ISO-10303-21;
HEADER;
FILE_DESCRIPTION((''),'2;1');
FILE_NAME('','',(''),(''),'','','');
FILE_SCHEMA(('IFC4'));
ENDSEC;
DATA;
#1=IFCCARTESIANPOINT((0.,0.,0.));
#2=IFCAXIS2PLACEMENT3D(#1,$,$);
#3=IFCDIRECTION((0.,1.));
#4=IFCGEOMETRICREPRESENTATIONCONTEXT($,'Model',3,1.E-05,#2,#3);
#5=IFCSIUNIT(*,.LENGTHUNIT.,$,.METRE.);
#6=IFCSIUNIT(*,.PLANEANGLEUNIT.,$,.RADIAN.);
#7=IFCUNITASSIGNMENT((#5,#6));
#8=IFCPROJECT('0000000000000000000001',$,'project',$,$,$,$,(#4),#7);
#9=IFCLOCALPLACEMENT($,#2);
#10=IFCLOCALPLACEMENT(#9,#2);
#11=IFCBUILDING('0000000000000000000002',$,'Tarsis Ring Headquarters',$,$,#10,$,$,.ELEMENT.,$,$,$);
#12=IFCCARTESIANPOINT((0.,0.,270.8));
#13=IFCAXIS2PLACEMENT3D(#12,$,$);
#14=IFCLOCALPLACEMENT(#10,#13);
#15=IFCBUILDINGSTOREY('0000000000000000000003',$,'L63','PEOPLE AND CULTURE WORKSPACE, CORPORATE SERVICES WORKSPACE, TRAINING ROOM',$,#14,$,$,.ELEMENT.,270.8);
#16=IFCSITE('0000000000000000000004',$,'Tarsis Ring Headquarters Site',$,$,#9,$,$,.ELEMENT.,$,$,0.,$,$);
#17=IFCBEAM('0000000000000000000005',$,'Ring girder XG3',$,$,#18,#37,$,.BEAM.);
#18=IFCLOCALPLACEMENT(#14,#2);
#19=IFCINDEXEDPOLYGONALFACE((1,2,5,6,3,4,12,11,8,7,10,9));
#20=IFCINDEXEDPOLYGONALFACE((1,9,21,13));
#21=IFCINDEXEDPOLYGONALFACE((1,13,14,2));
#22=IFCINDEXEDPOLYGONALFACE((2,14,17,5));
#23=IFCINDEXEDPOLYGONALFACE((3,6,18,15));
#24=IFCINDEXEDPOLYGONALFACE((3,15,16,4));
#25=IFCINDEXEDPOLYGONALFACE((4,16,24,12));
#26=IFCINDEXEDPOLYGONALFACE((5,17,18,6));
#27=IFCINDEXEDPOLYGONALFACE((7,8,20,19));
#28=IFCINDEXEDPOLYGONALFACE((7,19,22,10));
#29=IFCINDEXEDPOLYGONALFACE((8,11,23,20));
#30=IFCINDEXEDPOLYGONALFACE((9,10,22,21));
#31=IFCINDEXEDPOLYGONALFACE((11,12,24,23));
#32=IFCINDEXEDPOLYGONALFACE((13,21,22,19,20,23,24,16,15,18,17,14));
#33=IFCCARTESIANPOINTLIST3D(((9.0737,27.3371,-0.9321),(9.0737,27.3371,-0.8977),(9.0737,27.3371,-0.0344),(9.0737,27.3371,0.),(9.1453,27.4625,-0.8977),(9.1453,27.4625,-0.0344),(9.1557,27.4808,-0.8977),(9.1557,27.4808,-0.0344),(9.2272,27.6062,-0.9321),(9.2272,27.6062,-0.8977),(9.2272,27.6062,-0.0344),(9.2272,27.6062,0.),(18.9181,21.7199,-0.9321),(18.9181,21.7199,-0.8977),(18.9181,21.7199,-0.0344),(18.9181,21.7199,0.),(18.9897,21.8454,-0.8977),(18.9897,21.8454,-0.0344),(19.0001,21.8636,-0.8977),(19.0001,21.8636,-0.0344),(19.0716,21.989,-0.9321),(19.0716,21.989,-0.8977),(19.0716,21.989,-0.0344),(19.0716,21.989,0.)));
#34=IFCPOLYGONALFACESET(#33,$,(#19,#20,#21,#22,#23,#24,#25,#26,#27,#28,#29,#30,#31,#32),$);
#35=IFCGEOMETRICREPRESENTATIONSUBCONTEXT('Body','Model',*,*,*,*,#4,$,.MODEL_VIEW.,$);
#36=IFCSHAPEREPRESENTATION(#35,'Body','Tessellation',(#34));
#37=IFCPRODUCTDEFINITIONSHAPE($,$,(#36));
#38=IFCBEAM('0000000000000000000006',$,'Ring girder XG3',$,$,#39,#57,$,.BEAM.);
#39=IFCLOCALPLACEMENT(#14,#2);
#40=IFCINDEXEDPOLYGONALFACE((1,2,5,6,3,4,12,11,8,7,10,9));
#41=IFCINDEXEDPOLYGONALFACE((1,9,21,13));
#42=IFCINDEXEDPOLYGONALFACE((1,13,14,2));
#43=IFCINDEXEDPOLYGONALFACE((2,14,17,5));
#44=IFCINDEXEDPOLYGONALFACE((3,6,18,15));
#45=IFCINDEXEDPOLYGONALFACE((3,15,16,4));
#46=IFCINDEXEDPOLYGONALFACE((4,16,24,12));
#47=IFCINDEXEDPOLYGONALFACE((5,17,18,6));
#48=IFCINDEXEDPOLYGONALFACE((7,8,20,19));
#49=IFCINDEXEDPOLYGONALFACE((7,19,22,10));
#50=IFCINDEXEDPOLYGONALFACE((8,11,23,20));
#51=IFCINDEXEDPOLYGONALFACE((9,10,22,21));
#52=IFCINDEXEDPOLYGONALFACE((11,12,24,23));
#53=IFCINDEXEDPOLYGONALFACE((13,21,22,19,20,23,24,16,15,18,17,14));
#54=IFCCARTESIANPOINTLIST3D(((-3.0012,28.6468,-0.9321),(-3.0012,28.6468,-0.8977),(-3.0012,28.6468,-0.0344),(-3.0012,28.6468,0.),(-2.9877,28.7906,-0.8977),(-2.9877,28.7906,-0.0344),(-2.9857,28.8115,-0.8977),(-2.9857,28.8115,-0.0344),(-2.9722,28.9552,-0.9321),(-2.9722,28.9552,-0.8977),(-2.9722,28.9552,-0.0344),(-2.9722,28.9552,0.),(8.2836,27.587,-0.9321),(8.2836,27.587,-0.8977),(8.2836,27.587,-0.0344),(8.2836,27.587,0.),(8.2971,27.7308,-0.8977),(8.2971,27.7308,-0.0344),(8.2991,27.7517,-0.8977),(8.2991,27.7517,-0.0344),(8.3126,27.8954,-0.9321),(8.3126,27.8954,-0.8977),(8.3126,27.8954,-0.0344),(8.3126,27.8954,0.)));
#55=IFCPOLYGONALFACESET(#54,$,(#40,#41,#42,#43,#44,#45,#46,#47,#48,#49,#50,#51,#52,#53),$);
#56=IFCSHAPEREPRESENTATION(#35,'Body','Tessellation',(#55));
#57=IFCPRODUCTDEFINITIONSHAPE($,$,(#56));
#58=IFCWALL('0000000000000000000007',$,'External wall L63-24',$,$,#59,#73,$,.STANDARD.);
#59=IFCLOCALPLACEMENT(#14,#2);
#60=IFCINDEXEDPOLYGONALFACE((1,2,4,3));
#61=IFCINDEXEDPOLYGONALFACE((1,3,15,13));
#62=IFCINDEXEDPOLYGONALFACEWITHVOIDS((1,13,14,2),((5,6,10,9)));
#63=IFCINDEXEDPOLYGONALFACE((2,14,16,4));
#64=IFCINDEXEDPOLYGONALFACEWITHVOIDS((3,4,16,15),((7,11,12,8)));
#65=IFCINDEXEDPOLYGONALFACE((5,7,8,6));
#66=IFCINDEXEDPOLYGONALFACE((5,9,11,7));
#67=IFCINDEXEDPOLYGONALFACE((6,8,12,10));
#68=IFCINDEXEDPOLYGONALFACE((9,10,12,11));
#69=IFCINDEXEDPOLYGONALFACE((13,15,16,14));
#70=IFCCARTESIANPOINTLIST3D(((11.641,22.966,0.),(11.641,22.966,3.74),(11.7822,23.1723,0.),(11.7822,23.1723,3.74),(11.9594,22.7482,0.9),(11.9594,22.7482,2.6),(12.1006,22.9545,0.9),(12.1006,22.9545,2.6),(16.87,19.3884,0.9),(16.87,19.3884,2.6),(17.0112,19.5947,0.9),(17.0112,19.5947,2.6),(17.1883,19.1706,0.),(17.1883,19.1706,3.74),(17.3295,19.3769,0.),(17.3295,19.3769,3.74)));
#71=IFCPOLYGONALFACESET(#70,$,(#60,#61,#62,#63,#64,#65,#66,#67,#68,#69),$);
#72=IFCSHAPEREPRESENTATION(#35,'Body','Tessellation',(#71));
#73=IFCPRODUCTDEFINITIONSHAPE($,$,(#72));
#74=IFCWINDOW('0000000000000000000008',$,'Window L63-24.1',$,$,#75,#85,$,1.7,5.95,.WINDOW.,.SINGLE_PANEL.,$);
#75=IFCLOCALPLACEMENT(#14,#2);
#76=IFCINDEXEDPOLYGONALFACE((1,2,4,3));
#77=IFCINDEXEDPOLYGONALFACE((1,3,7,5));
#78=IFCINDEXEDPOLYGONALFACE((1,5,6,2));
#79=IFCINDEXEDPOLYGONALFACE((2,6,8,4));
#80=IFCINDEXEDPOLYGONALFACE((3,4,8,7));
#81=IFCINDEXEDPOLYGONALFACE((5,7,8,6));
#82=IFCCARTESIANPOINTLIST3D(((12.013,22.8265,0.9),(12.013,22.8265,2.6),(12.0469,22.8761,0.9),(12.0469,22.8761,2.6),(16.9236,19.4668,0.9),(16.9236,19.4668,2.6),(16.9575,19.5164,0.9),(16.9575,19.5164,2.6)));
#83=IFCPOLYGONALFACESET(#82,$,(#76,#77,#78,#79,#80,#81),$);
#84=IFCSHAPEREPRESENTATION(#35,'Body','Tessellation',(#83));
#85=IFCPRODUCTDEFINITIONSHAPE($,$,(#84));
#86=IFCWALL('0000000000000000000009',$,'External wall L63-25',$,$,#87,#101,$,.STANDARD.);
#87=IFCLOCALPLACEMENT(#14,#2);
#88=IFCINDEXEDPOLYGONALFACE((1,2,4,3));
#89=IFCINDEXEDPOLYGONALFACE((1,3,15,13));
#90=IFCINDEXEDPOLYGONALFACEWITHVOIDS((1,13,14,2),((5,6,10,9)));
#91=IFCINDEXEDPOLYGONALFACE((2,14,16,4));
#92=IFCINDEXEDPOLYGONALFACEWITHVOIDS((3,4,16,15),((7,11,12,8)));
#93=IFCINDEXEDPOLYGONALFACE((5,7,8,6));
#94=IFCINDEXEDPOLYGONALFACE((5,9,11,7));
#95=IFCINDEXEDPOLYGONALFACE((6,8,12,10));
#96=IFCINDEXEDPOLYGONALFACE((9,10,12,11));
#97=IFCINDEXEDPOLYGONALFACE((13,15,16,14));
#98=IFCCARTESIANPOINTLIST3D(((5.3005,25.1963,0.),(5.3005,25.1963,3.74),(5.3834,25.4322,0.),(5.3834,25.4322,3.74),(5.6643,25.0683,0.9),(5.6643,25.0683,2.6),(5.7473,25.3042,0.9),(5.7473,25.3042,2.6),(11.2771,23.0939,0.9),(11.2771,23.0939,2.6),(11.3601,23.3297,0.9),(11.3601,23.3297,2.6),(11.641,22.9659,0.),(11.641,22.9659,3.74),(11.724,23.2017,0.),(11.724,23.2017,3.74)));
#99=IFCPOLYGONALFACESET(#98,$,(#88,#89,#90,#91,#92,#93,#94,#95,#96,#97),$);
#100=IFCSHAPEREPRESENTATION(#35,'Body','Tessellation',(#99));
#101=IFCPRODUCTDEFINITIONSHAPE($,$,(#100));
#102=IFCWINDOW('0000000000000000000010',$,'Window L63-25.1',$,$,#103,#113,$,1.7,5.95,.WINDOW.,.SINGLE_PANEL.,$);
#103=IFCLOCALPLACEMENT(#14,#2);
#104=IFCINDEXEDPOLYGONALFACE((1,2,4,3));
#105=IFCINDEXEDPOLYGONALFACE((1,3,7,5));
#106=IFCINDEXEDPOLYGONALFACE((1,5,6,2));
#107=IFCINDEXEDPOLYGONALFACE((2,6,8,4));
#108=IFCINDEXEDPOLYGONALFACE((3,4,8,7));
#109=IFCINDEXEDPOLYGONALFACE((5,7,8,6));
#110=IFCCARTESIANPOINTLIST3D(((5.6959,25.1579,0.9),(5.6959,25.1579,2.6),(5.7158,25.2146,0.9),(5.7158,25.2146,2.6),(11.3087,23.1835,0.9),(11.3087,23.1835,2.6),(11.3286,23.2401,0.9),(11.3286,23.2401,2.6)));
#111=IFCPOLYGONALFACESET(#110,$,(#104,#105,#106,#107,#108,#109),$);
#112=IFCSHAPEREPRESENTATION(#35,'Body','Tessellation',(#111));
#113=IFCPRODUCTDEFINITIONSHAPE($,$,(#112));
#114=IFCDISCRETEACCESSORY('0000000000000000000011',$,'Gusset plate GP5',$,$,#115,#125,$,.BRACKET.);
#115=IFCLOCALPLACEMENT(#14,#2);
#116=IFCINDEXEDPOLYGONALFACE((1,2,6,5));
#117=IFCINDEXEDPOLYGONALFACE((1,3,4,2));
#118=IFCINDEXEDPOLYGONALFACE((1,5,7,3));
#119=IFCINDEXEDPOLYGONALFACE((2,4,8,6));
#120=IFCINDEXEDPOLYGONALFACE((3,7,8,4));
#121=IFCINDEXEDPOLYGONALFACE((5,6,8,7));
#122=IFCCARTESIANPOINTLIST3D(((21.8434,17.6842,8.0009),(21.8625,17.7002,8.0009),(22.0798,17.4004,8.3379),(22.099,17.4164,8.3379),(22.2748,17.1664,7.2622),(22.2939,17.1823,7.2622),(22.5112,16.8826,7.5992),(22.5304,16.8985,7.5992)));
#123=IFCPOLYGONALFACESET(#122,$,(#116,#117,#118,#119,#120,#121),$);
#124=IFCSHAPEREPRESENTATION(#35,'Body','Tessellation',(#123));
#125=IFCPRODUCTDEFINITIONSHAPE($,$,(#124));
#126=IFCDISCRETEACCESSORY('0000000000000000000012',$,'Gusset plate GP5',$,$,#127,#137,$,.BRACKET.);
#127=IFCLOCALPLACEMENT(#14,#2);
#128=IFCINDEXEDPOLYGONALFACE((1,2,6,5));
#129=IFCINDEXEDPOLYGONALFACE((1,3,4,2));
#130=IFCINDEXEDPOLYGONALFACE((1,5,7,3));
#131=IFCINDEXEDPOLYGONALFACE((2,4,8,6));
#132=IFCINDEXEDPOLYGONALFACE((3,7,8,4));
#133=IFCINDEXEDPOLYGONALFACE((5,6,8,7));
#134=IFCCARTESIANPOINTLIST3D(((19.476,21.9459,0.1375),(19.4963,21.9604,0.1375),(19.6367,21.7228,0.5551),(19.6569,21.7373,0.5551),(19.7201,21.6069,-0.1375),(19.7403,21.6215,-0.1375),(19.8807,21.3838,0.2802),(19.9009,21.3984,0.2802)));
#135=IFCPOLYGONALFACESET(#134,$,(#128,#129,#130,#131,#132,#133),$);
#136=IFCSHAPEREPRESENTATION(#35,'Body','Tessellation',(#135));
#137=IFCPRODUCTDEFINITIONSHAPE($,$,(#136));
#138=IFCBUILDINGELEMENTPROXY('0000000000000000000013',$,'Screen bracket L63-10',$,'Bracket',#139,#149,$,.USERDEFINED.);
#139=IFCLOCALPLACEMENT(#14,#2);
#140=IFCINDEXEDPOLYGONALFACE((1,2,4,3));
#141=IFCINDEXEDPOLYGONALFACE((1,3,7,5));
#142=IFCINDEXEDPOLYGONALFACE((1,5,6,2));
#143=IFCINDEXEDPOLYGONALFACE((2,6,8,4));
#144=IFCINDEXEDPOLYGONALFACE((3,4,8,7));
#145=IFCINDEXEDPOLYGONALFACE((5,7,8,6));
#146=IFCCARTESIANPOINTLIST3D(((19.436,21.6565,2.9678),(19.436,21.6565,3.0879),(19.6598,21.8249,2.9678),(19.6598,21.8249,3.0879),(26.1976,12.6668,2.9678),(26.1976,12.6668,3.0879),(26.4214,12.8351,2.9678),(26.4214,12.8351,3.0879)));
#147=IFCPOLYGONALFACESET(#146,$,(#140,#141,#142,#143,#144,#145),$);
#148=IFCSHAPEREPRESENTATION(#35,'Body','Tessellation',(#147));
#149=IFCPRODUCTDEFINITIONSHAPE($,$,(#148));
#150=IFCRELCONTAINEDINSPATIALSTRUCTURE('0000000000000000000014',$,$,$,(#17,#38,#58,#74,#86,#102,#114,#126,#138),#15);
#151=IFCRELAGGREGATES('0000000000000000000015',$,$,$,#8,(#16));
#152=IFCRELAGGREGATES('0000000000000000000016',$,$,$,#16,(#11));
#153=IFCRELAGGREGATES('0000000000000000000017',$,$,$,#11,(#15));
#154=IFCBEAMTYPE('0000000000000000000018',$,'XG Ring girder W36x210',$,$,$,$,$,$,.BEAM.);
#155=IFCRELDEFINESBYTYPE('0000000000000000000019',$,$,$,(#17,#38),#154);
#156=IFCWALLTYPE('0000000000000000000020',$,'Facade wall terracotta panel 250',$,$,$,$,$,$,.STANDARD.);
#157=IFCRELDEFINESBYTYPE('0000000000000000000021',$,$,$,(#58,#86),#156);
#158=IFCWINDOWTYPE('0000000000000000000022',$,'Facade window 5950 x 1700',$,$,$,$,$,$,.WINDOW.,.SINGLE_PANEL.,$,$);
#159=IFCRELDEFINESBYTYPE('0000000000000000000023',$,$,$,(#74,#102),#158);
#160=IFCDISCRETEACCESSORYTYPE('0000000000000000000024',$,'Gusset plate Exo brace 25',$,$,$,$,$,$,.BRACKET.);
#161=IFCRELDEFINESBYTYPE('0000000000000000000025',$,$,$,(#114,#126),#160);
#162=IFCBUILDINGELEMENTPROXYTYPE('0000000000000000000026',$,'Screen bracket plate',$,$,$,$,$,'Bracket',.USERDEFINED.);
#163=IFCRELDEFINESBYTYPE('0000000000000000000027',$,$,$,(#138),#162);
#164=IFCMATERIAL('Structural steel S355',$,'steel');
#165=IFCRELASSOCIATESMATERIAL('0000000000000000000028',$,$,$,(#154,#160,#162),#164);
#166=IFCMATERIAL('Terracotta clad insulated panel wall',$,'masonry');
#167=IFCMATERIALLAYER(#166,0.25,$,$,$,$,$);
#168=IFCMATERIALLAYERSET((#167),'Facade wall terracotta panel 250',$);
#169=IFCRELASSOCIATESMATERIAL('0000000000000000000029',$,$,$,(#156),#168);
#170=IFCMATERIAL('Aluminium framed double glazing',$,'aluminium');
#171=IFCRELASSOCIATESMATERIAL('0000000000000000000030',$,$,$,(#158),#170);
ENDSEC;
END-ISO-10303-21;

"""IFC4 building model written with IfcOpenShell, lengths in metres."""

from ifc_helpers import new_model, si_unit, direction, frame, frame_2d, origin, origin_2d, place, context, subcontext, project, spatial, rectangle, i_section, extrude, material, layer, layer_set, material_profile, profile_set, type_object, element, fill, save


model = new_model("IFC4")

# Units and contexts
model_context = context("Model", 3, precision=1e-05, world=origin(), true_north=direction((0.0, 1.0)))
body_context = subcontext(model_context, "Body", "Model", "MODEL_VIEW")
ifc_project = project(units=[si_unit("LENGTHUNIT", "METRE"), si_unit("PLANEANGLEUNIT", "RADIAN")], contexts=[model_context])

# Site, building, storey
site_placement = place(None, origin())
site = spatial("IfcSite", under=ifc_project, at=site_placement, Name="Tarsis Ring Headquarters Site", CompositionType="ELEMENT", RefElevation=0.0)
building_placement = place(site_placement, origin())
building = spatial("IfcBuilding", under=site, at=building_placement, Name="Tarsis Ring Headquarters", CompositionType="ELEMENT")
storey_placement = place(building_placement, frame((0.0, 0.0, 270.8)))
storey = spatial("IfcBuildingStorey", under=building, at=storey_placement, Name="L63", Description="PEOPLE AND CULTURE WORKSPACE, CORPORATE SERVICES WORKSPACE, TRAINING ROOM", CompositionType="ELEMENT", Elevation=270.8)

# Shared definitions
ifc_material_1 = material(Name="Structural steel S355", Category="steel")

# Beams
ifc_material_profile_1 = material_profile(ifc_material_1, i_section(OverallWidth=0.3098, OverallDepth=0.9321, WebThickness=0.021, FlangeThickness=0.0344, at=origin_2d()), Name="W36x210")
ifc_profile_set_1 = profile_set([ifc_material_profile_1], Name="Structural steel S355")
beam_type_1 = type_object("IfcBeamType", Name="XG Ring girder W36x210", PredefinedType="BEAM", material=ifc_profile_set_1)
beam_1_placement = place(storey_placement, frame((18.9949, 21.8545, -0.4661), z_axis=(-0.868556, 0.495591, 0.0), x_axis=(-0.495591, -0.868556, 0.0)))
element("IfcBeam", 1, at=beam_1_placement, inside=storey, type_object=beam_type_1, Name="Ring girder XG3", PredefinedType="BEAM", context=body_context, shape_type="SweptSolid", body=[
    extrude(i_section(OverallWidth=0.3098, OverallDepth=0.9321, WebThickness=0.021, FlangeThickness=0.0344, at=origin_2d()), origin(), (0.0, 0.0, 1.0), 11.3342),
])
beam_2_placement = place(storey_placement, frame((8.2981, 27.7412, -0.4661), z_axis=(-0.995619, 0.093503, 0.0), x_axis=(-0.093503, -0.995619, 0.0)))
element("IfcBeam", 2, at=beam_2_placement, inside=storey, type_object=beam_type_1, Name="Ring girder XG3", PredefinedType="BEAM", context=body_context, shape_type="SweptSolid", body=[
    extrude(i_section(OverallWidth=0.3098, OverallDepth=0.9321, WebThickness=0.021, FlangeThickness=0.0344, at=origin_2d()), origin(), (0.0, 0.0, 1.0), 11.3345),
])

# Walls, openings, windows
ifc_material_2 = material(Name="Terracotta clad insulated panel wall", Category="masonry")
ifc_layer = layer(ifc_material_2, 0.25)
ifc_layer_set = layer_set([ifc_layer], Name="Facade wall terracotta panel 250")
wall_type = type_object("IfcWallType", Name="Facade wall terracotta panel 250", PredefinedType="STANDARD", material=ifc_layer_set)
wall_1_placement = place(storey_placement, frame((17.259, 19.2737, 0.0), z_axis=(0.0, 0.0, 1.0), x_axis=(-0.825318, 0.564668, 0.0)))
wall_1 = element("IfcWall", 3, at=wall_1_placement, inside=storey, type_object=wall_type, Name="External wall L63-24", PredefinedType="STANDARD", context=body_context, shape_type="SweptSolid", body=[
    extrude(rectangle(XDim=6.7214, YDim=0.25, at=frame_2d((3.3608, 0.0))), origin(), (0.0, 0.0, 1.0), 3.74),
])
opening_1_placement = place(wall_1_placement, frame((0.3857, 0.0, 0.8999)))
opening_1 = element("IfcOpeningElement", 4, at=opening_1_placement, cuts=wall_1, PredefinedType="OPENING", context=body_context, shape_type="SweptSolid", body=[
    extrude(rectangle(XDim=5.95, YDim=1.7, at=frame_2d((2.9751, 0.8501))), frame((0.0, 0.135, 0.0), z_axis=(0.0, -1.0, 0.0), x_axis=(1.0, 0.0, 0.0)), (0.0, 0.0, 1.0), 0.27),
])
ifc_material_3 = material(Name="Aluminium framed double glazing", Category="aluminium")
window_type = type_object("IfcWindowType", Name="Facade window 5950 x 1700", PartitioningType="SINGLE_PANEL", PredefinedType="WINDOW", material=ifc_material_3)
window_1_placement = place(opening_1_placement, origin())
window_1 = element("IfcWindow", 5, at=window_1_placement, inside=storey, type_object=window_type, Name="Window L63-24.1", OverallHeight=1.7, OverallWidth=5.95, PartitioningType="SINGLE_PANEL", PredefinedType="WINDOW", context=body_context, shape_type="SweptSolid", body=[
    extrude(rectangle(XDim=5.95, YDim=1.7, at=frame_2d((2.9751, 0.8501))), frame((0.0, 0.03, 0.0), z_axis=(0.0, -1.0, 0.0), x_axis=(1.0, 0.0, 0.0)), (0.0, 0.0, 1.0), 0.0601),
])
fill(opening_1, window_1)
wall_2_placement = place(storey_placement, frame((11.6826, 23.0837, 0.0), z_axis=(0.0, 0.0, 1.0), x_axis=(-0.943335, 0.331843, 0.0)))
wall_2 = element("IfcWall", 6, at=wall_2_placement, inside=storey, type_object=wall_type, Name="External wall L63-25", PredefinedType="STANDARD", context=body_context, shape_type="SweptSolid", body=[
    extrude(rectangle(XDim=6.7214, YDim=0.25, at=frame_2d((3.3608, 0.0))), origin(), (0.0, 0.0, 1.0), 3.74),
])
opening_2_placement = place(wall_2_placement, frame((0.3857, 0.0, 0.8999)))
opening_2 = element("IfcOpeningElement", 7, at=opening_2_placement, cuts=wall_2, PredefinedType="OPENING", context=body_context, shape_type="SweptSolid", body=[
    extrude(rectangle(XDim=5.95, YDim=1.7, at=frame_2d((2.9751, 0.8501))), frame((0.0, 0.135, 0.0), z_axis=(0.0, -1.0, 0.0), x_axis=(1.0, 0.0, 0.0)), (0.0, 0.0, 1.0), 0.27),
])
window_2_placement = place(opening_2_placement, origin())
window_2 = element("IfcWindow", 8, at=window_2_placement, inside=storey, type_object=window_type, Name="Window L63-25.1", OverallHeight=1.7, OverallWidth=5.95, PartitioningType="SINGLE_PANEL", PredefinedType="WINDOW", context=body_context, shape_type="SweptSolid", body=[
    extrude(rectangle(XDim=5.95, YDim=1.7, at=frame_2d((2.9751, 0.8501))), frame((0.0, 0.03, 0.0), z_axis=(0.0, -1.0, 0.0), x_axis=(1.0, 0.0, 0.0)), (0.0, 0.0, 1.0), 0.0601),
])
fill(opening_2, window_2)

# Discrete accessories
ifc_material_profile_2 = material_profile(ifc_material_1, rectangle(XDim=0.0249, YDim=0.5, at=origin_2d()), Name="PL 25x500")
ifc_profile_set_2 = profile_set([ifc_material_profile_2], Name="Structural steel S355")
discrete_accessory_type = type_object("IfcDiscreteAccessoryType", Name="Gusset plate Exo brace 25", PredefinedType="BRACKET", material=ifc_profile_set_2)
discrete_accessory_1_placement = place(storey_placement, frame((22.4026, 17.0325, 7.4307), z_axis=(-0.431391, 0.517816, 0.738761), x_axis=(-0.76831, -0.640078, 0.0)))
element("IfcDiscreteAccessory", 9, at=discrete_accessory_1_placement, inside=storey, type_object=discrete_accessory_type, Name="Gusset plate GP5", PredefinedType="BRACKET", context=body_context, shape_type="SweptSolid", body=[
    extrude(rectangle(XDim=0.0249, YDim=0.5, at=origin_2d()), origin(), (0.0, 0.0, 1.0), 1.0),
])
discrete_accessory_2_placement = place(storey_placement, frame((19.6082, 21.7837, 0.0), z_axis=(0.321229, -0.446205, 0.835292), x_axis=(0.811568, 0.584258, 0.0)))
element("IfcDiscreteAccessory", 10, at=discrete_accessory_2_placement, inside=storey, type_object=discrete_accessory_type, Name="Gusset plate GP5", PredefinedType="BRACKET", context=body_context, shape_type="SweptSolid", body=[
    extrude(rectangle(XDim=0.0249, YDim=0.5, at=origin_2d()), origin(), (0.0, 0.0, 1.0), 0.5),
])

# Building element proxy
building_element_proxy_type = type_object("IfcBuildingElementProxyType", Name="Screen bracket plate", ElementType="Bracket", PredefinedType="USERDEFINED", material=ifc_material_1)
proxy_placement = place(storey_placement, frame((22.9287, 17.2458, 2.9678), z_axis=(0.0, 0.0, 1.0), x_axis=(-0.6011, 0.799173, 0.0)))
element("IfcBuildingElementProxy", 11, at=proxy_placement, inside=storey, type_object=building_element_proxy_type, Name="Screen bracket L63-10", ObjectType="Bracket", PredefinedType="USERDEFINED", context=body_context, shape_type="SweptSolid", body=[
    extrude(rectangle(XDim=11.2488, YDim=0.28, at=origin_2d()), origin(), (0.0, 0.0, 1.0), 0.1201),
])

save(model, "model.ifc")
